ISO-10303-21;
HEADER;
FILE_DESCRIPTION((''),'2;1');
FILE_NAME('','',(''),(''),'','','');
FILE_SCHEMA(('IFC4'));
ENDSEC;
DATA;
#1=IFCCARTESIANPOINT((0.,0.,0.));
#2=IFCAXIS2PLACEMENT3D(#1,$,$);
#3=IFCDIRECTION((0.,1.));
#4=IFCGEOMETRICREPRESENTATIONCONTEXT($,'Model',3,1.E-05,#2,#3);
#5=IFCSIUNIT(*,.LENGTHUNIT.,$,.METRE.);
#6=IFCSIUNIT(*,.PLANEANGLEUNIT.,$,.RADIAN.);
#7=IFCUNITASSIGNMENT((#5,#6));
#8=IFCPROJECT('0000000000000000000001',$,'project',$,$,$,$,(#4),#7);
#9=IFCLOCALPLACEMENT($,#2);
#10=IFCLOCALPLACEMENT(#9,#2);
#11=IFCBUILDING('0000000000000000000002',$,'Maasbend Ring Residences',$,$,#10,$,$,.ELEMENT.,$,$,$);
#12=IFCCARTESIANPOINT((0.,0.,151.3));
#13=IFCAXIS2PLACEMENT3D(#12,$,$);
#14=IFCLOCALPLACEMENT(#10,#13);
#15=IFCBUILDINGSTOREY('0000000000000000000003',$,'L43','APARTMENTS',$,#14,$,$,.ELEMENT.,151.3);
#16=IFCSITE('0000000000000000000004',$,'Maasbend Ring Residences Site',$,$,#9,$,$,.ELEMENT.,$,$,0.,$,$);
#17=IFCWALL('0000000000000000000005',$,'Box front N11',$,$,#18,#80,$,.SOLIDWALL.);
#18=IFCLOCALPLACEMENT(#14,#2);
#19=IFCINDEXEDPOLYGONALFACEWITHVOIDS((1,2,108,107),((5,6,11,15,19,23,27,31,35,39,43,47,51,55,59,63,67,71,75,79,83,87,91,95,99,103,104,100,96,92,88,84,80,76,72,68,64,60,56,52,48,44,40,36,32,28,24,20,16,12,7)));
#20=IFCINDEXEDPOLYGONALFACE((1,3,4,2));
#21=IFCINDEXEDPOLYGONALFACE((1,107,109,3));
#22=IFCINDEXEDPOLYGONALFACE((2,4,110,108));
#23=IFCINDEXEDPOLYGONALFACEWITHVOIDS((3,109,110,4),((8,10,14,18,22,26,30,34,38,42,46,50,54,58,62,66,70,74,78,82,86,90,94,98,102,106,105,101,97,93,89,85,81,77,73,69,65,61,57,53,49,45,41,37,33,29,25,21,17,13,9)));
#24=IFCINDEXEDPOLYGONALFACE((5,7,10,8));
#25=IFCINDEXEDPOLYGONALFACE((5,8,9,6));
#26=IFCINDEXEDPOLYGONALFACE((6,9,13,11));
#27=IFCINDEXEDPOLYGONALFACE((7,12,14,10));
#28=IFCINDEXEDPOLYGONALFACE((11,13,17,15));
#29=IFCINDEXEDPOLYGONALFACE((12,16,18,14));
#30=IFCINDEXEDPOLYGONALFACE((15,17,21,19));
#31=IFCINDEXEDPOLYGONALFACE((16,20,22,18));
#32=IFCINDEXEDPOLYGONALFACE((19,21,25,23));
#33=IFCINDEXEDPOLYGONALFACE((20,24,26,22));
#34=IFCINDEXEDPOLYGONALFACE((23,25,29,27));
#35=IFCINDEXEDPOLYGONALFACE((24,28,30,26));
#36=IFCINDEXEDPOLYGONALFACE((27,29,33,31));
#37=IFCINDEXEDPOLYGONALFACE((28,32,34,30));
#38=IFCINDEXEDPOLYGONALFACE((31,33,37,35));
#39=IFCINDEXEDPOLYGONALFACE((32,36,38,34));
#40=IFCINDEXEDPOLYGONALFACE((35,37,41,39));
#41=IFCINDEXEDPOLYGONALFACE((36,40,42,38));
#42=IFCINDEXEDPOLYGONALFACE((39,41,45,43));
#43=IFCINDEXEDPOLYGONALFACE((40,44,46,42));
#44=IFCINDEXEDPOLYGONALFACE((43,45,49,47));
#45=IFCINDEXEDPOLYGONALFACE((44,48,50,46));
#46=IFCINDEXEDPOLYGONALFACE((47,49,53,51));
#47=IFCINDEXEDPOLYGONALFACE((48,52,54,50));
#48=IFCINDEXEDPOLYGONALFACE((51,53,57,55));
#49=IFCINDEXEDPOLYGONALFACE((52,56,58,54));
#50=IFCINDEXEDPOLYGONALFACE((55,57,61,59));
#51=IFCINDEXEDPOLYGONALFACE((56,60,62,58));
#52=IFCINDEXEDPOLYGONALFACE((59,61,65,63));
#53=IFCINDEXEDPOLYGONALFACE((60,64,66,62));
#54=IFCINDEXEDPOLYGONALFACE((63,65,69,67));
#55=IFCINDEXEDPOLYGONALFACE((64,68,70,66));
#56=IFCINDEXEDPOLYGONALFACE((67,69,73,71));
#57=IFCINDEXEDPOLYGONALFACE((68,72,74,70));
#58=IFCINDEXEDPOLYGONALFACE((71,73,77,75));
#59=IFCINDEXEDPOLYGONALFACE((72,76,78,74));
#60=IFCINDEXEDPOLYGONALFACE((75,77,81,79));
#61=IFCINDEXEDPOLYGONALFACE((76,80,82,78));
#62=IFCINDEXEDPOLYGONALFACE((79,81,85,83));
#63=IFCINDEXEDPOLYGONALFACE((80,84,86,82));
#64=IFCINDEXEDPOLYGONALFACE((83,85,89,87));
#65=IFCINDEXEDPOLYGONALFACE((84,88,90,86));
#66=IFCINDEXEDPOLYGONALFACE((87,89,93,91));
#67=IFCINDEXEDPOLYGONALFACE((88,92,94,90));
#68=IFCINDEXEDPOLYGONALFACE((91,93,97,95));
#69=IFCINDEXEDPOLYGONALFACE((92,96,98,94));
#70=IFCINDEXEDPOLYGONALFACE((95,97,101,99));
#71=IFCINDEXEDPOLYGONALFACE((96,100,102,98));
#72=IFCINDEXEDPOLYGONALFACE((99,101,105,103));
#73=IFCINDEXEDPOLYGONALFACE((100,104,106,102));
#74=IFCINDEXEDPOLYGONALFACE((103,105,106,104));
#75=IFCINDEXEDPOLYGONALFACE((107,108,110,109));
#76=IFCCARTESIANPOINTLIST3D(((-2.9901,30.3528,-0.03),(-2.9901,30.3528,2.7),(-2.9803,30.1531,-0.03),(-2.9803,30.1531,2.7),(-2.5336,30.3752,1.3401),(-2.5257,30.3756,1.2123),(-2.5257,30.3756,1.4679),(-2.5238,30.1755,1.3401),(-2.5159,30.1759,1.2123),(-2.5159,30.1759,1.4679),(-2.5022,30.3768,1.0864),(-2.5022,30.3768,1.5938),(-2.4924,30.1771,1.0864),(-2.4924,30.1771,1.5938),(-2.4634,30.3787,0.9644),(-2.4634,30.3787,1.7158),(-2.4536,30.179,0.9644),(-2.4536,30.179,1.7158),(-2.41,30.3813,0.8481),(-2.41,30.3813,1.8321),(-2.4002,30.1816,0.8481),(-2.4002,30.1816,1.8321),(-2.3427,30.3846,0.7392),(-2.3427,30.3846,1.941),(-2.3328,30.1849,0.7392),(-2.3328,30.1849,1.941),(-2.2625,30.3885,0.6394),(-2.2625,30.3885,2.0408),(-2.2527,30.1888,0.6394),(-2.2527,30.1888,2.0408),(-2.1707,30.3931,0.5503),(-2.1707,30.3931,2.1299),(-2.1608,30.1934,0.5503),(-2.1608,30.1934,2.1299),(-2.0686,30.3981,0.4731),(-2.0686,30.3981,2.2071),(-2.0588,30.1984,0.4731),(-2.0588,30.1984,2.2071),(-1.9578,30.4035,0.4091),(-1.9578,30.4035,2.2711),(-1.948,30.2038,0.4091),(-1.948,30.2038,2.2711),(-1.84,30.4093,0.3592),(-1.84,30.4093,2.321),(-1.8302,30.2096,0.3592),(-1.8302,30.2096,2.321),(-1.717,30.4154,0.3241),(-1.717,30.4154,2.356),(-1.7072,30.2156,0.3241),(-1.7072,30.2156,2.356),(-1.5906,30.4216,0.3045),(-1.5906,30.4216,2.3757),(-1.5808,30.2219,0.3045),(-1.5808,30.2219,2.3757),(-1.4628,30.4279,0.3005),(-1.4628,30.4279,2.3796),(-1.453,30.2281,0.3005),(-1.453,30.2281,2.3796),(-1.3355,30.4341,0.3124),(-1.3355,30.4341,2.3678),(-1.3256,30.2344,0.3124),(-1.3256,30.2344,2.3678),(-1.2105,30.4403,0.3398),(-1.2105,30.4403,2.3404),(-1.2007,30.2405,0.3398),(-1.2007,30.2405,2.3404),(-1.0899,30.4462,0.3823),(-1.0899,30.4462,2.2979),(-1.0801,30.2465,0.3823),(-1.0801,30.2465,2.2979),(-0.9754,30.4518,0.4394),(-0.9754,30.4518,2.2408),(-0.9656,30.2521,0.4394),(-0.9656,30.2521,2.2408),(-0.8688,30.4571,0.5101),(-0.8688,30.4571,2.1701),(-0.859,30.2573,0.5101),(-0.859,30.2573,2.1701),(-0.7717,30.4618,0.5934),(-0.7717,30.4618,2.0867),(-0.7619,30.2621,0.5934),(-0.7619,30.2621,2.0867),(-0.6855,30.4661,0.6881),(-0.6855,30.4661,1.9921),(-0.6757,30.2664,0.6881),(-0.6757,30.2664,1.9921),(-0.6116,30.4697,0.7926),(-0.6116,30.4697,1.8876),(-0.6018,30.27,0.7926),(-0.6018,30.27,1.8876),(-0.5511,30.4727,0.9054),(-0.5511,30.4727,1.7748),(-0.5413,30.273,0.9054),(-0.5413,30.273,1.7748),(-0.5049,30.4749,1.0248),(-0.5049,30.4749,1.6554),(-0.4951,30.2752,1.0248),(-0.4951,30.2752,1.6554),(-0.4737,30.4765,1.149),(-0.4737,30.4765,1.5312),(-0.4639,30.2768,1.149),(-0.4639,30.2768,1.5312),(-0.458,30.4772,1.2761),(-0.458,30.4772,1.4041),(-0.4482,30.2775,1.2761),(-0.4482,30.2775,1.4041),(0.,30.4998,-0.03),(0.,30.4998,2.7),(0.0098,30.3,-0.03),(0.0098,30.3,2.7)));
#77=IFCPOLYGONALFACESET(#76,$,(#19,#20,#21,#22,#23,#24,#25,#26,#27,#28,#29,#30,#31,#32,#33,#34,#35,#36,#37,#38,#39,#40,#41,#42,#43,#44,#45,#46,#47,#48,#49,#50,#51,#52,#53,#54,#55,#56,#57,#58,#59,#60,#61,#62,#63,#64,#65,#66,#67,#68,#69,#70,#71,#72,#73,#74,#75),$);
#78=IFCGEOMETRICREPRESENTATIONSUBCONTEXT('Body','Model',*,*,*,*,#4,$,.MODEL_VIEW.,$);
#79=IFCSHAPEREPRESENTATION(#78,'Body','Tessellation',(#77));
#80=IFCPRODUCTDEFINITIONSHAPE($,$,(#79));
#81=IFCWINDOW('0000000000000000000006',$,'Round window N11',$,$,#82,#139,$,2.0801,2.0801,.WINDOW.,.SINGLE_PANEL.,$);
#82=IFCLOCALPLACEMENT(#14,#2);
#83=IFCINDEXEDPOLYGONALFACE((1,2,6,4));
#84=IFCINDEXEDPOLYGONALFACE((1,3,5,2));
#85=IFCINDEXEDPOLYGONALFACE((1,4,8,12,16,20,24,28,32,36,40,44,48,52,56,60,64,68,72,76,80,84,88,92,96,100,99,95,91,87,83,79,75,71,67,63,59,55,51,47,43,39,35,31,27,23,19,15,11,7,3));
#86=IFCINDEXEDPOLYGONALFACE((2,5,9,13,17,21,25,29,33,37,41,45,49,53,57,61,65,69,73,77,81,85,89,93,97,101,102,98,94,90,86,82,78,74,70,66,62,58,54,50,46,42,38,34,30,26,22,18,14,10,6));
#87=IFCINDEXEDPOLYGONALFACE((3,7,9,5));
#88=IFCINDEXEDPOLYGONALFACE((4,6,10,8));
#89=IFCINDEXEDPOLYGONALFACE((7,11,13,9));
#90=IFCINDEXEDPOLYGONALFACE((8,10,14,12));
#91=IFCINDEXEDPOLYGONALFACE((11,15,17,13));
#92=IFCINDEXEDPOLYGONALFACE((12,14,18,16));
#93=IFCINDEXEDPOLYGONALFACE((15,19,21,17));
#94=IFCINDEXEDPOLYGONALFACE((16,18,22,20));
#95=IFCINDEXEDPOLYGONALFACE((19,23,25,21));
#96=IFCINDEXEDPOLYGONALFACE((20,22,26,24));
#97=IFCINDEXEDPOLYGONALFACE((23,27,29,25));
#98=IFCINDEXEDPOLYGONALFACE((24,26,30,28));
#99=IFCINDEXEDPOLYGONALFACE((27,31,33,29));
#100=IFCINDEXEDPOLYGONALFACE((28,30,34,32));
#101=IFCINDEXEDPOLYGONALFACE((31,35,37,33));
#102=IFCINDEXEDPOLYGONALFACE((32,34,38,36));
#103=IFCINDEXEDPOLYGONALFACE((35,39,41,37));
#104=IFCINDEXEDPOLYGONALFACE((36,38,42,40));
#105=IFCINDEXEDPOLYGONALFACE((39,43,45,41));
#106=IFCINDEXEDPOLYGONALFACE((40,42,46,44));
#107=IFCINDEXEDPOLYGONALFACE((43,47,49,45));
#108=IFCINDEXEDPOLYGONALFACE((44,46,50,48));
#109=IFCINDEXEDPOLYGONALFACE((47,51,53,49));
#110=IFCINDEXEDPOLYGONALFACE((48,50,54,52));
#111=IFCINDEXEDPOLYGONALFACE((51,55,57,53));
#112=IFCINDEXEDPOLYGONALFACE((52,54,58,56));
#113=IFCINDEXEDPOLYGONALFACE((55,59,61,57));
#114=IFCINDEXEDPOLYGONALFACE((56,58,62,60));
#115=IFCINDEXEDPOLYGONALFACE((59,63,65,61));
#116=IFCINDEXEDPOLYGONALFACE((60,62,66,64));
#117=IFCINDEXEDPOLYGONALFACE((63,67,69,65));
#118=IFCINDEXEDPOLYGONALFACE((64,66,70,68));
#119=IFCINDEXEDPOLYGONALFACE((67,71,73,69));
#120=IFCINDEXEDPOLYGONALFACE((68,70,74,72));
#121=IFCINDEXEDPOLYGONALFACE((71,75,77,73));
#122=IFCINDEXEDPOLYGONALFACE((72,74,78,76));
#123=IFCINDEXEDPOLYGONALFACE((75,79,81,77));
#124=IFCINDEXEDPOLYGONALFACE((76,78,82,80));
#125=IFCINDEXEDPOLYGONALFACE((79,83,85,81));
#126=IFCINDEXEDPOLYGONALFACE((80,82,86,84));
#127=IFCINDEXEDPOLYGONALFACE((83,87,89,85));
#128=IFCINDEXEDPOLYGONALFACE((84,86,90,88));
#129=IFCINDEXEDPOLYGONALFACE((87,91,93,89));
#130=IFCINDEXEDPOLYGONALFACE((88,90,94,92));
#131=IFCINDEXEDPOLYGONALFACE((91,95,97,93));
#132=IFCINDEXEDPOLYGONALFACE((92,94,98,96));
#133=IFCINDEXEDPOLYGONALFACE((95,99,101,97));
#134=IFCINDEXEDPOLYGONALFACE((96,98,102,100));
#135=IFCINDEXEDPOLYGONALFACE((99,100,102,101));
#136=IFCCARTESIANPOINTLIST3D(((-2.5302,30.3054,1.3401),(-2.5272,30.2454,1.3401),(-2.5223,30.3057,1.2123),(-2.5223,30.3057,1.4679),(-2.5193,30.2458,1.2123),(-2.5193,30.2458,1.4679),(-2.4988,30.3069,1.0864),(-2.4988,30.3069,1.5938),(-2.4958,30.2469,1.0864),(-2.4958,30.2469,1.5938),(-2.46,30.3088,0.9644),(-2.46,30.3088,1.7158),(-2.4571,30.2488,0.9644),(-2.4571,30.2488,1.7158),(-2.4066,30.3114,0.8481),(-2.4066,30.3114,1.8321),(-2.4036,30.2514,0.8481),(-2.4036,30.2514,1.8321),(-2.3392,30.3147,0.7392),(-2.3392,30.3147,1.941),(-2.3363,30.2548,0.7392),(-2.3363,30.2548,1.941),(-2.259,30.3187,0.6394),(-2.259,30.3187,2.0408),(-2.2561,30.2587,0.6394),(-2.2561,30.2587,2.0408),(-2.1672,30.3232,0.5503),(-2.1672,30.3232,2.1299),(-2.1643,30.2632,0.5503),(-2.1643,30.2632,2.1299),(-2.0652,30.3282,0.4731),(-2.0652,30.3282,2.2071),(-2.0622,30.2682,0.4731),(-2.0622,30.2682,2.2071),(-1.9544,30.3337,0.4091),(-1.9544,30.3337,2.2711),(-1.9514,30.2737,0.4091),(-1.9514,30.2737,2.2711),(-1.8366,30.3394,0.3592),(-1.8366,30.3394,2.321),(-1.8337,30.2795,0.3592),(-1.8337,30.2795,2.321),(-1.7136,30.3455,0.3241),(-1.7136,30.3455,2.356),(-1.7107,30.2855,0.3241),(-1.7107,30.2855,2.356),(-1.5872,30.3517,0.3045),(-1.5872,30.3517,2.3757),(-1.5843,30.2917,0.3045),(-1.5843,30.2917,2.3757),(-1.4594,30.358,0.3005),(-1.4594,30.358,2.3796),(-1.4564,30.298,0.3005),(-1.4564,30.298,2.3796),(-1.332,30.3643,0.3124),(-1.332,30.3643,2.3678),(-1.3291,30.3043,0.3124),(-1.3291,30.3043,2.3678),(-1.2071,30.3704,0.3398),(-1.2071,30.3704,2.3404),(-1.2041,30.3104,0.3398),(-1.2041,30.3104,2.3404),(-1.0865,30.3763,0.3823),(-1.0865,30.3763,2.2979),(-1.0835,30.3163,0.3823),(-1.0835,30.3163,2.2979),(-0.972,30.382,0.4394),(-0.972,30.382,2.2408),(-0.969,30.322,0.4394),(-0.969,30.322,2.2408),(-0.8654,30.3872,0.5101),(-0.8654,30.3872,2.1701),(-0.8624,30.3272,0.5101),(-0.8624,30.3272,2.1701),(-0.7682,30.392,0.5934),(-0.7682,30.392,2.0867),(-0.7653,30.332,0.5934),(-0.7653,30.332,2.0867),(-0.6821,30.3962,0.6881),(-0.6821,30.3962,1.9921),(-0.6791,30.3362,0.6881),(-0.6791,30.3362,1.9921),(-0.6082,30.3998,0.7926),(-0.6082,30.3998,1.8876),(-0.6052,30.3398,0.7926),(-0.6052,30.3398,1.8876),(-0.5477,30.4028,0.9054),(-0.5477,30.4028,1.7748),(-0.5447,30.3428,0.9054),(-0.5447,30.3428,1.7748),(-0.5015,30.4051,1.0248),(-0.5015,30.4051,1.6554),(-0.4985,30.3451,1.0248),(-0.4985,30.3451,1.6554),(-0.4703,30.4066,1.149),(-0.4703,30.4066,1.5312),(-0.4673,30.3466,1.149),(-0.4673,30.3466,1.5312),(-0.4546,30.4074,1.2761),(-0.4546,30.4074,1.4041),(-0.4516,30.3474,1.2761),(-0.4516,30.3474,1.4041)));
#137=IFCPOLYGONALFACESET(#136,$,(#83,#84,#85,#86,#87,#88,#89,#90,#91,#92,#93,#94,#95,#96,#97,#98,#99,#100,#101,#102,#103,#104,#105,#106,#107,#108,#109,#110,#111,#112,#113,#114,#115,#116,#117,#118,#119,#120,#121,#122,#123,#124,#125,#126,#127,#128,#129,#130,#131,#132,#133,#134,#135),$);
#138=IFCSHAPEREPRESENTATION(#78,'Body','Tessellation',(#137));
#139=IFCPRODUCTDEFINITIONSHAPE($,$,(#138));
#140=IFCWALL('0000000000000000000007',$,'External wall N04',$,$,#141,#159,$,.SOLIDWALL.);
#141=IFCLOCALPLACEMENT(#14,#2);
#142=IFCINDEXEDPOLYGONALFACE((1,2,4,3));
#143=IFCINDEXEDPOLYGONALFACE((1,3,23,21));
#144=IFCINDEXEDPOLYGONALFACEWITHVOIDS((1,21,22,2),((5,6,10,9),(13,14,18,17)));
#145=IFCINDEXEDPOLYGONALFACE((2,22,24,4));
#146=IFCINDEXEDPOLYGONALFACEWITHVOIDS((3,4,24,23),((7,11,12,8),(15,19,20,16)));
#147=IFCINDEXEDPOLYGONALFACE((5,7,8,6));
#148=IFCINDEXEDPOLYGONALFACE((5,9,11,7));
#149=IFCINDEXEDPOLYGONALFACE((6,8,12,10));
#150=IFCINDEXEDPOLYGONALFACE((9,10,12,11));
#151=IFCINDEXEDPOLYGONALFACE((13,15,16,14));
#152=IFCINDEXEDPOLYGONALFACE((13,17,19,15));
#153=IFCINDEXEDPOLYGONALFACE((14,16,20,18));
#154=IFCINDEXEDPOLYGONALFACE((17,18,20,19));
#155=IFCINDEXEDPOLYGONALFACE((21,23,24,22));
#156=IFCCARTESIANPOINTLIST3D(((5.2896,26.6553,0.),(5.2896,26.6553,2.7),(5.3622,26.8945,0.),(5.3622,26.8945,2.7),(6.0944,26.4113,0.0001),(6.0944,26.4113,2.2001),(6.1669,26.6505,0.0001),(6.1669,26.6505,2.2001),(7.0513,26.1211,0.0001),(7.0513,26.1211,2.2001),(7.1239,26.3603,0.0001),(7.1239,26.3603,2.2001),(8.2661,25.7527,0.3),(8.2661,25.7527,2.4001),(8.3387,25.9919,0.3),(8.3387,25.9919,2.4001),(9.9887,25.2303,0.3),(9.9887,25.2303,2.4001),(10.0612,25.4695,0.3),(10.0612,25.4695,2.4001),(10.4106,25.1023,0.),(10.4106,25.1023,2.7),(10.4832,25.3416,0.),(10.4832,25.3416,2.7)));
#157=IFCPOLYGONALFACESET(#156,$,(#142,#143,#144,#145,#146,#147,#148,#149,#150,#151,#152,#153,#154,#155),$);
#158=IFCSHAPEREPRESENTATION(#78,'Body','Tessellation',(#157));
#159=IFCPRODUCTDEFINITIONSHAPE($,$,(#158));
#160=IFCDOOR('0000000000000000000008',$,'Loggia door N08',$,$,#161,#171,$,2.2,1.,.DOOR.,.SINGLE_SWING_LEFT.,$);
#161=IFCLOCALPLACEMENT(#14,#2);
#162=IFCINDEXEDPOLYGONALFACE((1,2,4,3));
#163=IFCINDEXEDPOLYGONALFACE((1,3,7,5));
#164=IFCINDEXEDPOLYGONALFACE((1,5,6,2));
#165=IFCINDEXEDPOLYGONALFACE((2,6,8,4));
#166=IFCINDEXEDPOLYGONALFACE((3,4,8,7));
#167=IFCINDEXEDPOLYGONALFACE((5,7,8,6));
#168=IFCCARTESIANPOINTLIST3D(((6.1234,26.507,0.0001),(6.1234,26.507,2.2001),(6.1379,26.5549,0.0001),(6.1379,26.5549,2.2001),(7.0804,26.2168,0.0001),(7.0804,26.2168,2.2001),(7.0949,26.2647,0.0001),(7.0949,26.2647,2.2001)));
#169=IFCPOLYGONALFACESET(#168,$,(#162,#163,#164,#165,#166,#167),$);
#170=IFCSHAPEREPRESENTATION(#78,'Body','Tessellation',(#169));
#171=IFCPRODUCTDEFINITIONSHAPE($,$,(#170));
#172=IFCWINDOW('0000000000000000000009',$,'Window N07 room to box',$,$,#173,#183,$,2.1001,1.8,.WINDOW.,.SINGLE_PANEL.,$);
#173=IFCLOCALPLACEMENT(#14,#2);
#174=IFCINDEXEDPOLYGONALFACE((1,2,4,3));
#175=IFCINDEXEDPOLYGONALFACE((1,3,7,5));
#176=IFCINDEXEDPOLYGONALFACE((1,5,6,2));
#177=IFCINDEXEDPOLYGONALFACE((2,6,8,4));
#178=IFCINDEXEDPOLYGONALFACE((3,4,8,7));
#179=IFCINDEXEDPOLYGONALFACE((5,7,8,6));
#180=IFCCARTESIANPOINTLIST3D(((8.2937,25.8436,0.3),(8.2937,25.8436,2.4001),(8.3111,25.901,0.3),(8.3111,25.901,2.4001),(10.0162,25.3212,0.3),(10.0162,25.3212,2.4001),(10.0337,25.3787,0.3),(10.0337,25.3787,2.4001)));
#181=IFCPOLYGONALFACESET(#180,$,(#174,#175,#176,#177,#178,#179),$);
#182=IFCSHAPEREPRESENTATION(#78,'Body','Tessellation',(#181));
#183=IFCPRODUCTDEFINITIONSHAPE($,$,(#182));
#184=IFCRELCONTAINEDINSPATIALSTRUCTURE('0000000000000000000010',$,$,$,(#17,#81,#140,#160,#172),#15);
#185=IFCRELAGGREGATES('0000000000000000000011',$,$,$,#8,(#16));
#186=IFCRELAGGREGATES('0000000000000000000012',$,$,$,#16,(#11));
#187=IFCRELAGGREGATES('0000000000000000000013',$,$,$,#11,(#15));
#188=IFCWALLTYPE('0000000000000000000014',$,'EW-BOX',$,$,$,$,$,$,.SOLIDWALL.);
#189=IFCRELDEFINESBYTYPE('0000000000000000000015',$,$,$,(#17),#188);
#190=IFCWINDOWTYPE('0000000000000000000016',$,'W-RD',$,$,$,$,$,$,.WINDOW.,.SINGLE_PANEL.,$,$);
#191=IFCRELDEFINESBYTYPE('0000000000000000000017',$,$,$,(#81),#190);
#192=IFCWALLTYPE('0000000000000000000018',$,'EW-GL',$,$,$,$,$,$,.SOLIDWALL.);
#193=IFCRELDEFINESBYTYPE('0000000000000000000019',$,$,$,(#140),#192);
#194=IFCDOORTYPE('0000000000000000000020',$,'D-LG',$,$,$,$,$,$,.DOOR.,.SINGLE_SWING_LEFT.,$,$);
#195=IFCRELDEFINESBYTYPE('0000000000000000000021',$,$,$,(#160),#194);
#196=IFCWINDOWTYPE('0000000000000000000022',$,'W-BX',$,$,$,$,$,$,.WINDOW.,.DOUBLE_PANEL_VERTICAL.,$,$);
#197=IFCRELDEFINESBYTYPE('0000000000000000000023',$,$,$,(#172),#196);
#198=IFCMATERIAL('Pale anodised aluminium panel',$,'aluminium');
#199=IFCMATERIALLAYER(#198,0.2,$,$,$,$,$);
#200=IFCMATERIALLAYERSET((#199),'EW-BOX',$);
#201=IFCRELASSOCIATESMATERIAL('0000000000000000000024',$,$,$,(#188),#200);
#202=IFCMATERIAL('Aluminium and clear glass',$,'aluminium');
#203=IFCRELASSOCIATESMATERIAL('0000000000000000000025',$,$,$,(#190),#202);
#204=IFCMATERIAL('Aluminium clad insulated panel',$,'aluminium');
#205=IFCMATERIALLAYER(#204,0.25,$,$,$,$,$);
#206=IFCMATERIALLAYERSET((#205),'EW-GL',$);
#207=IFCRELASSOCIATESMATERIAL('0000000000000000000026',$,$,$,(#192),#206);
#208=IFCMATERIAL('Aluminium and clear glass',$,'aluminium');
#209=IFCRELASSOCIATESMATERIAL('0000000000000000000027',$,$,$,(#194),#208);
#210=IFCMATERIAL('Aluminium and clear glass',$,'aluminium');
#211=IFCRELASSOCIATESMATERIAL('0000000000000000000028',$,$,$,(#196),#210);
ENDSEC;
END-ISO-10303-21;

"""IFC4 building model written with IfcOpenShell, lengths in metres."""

from ifc_helpers import new_model, si_unit, direction, frame, frame_2d, origin, place, context, subcontext, project, spatial, rectangle, circle, extrude, material, layer, layer_set, type_object, element, fill, save


model = new_model("IFC4")

# Units and contexts
model_context = context("Model", 3, precision=1e-05, world=origin(), true_north=direction((0.0, 1.0)))
body_context = subcontext(model_context, "Body", "Model", "MODEL_VIEW")
ifc_project = project(units=[si_unit("LENGTHUNIT", "METRE"), si_unit("PLANEANGLEUNIT", "RADIAN")], contexts=[model_context])

# Site, building, storey
site_placement = place(None, origin())
site = spatial("IfcSite", under=ifc_project, at=site_placement, Name="Maasbend Ring Residences Site", CompositionType="ELEMENT", RefElevation=0.0)
building_placement = place(site_placement, origin())
building = spatial("IfcBuilding", under=site, at=building_placement, Name="Maasbend Ring Residences", CompositionType="ELEMENT")
storey_placement = place(building_placement, frame((0.0, 0.0, 151.3)))
storey = spatial("IfcBuildingStorey", under=building, at=storey_placement, Name="L43", Description="APARTMENTS", CompositionType="ELEMENT", Elevation=151.3)

# Shared definitions
ifc_material_1 = material(Name="Pale anodised aluminium panel", Category="aluminium")
ifc_layer_1 = layer(ifc_material_1, 0.2)
ifc_layer_set_1 = layer_set([ifc_layer_1], Name="EW-BOX")
wall_type_1 = type_object("IfcWallType", Name="EW-BOX", PredefinedType="SOLIDWALL", material=ifc_layer_set_1)

# Shared definitions
ifc_material_2 = material(Name="Aluminium and clear glass", Category="aluminium")
window_type_1 = type_object("IfcWindowType", Name="W-RD", PartitioningType="SINGLE_PANEL", PredefinedType="WINDOW", material=ifc_material_2)

# Wall, opening, window
wall_1_placement = place(storey_placement, frame((0.0049, 30.3999, -0.03), z_axis=(0.0, 0.0, 1.0), x_axis=(-0.998794, -0.049096, 0.0)))
wall_1 = element("IfcWall", 1, at=wall_1_placement, inside=storey, type_object=wall_type_1, Name="Box front N11", PredefinedType="SOLIDWALL", context=body_context, shape_type="SweptSolid", body=[
    extrude(rectangle(XDim=2.9937, YDim=0.2, at=frame_2d((1.4968, 0.0))), origin(), (0.0, 0.0, 1.0), 2.73),
])
opening_1_placement = place(wall_1_placement, frame((0.4565, 0.0, 0.3301)))
opening_1 = element("IfcOpeningElement", 2, at=opening_1_placement, cuts=wall_1, PredefinedType="OPENING", context=body_context, shape_type="SweptSolid", body=[
    extrude(circle(Radius=1.04, at=frame_2d((1.04, 1.04))), frame((0.0, 0.1099, 0.0), z_axis=(0.0, -1.0, 0.0), x_axis=(1.0, 0.0, 0.0)), (0.0, 0.0, 1.0), 0.22),
])
window_1_placement = place(opening_1_placement, origin())
window_1 = element("IfcWindow", 3, at=window_1_placement, inside=storey, type_object=window_type_1, Name="Round window N11", OverallHeight=2.0801, OverallWidth=2.0801, PartitioningType="SINGLE_PANEL", PredefinedType="WINDOW", context=body_context, shape_type="SweptSolid", body=[
    extrude(circle(Radius=1.04, at=frame_2d((1.04, 1.04))), frame((0.0, 0.03, 0.0), z_axis=(0.0, -1.0, 0.0), x_axis=(1.0, 0.0, 0.0)), (0.0, 0.0, 1.0), 0.0601),
])
fill(opening_1, window_1)

# Wall, openings, door, window
ifc_material_3 = material(Name="Aluminium clad insulated panel", Category="aluminium")
ifc_layer_2 = layer(ifc_material_3, 0.25)
ifc_layer_set_2 = layer_set([ifc_layer_2], Name="EW-GL")
wall_type_2 = type_object("IfcWallType", Name="EW-GL", PredefinedType="SOLIDWALL", material=ifc_layer_set_2)
wall_2_placement = place(storey_placement, frame((10.447, 25.2219, 0.0), z_axis=(0.0, 0.0, 1.0), x_axis=(-0.956966, 0.290201, 0.0)))
wall_2 = element("IfcWall", 4, at=wall_2_placement, inside=storey, type_object=wall_type_2, Name="External wall N04", PredefinedType="SOLIDWALL", context=body_context, shape_type="SweptSolid", body=[
    extrude(rectangle(XDim=5.3513, YDim=0.25, at=frame_2d((2.6758, 0.0))), origin(), (0.0, 0.0, 1.0), 2.7),
])
opening_2_placement = place(wall_2_placement, frame((0.4412, 0.0, 0.3)))
opening_2 = element("IfcOpeningElement", 5, at=opening_2_placement, cuts=wall_2, PredefinedType="OPENING", context=body_context, shape_type="SweptSolid", body=[
    extrude(rectangle(XDim=1.8, YDim=2.1001, at=frame_2d((0.8999, 1.05))), frame((0.0, 0.135, 0.0), z_axis=(0.0, -1.0, 0.0), x_axis=(1.0, 0.0, 0.0)), (0.0, 0.0, 1.0), 0.27),
])
opening_3_placement = place(wall_2_placement, frame((3.5105, 0.0, 0.0)))
opening_3 = element("IfcOpeningElement", 6, at=opening_3_placement, cuts=wall_2, PredefinedType="OPENING", context=body_context, shape_type="SweptSolid", body=[
    extrude(rectangle(XDim=1.0, YDim=2.2, at=frame_2d((0.5, 1.1001))), frame((0.0, 0.135, 0.0), z_axis=(0.0, -1.0, 0.0), x_axis=(1.0, 0.0, 0.0)), (0.0, 0.0, 1.0), 0.27),
])
ifc_material_4 = material(Name="Aluminium and clear glass", Category="aluminium")
door_type = type_object("IfcDoorType", Name="D-LG", OperationType="SINGLE_SWING_LEFT", PredefinedType="DOOR", material=ifc_material_4)
door_1_placement = place(opening_3_placement, origin())
door_1 = element("IfcDoor", 7, at=door_1_placement, inside=storey, type_object=door_type, Name="Loggia door N08", OperationType="SINGLE_SWING_LEFT", OverallHeight=2.2, OverallWidth=1.0, PredefinedType="DOOR", context=body_context, shape_type="SweptSolid", body=[
    extrude(rectangle(XDim=1.0, YDim=2.2, at=frame_2d((0.5, 1.1001))), frame((0.0, 0.0249, 0.0), z_axis=(0.0, -1.0, 0.0), x_axis=(1.0, 0.0, 0.0)), (0.0, 0.0, 1.0), 0.05),
])
fill(opening_3, door_1)
ifc_material_5 = material(Name="Aluminium and clear glass", Category="aluminium")
window_type_2 = type_object("IfcWindowType", Name="W-BX", PartitioningType="DOUBLE_PANEL_VERTICAL", PredefinedType="WINDOW", material=ifc_material_5)
window_2_placement = place(opening_2_placement, origin())
window_2 = element("IfcWindow", 8, at=window_2_placement, inside=storey, type_object=window_type_2, Name="Window N07 room to box", OverallHeight=2.1001, OverallWidth=1.8, PartitioningType="SINGLE_PANEL", PredefinedType="WINDOW", context=body_context, shape_type="SweptSolid", body=[
    extrude(rectangle(XDim=1.8, YDim=2.1001, at=frame_2d((0.8999, 1.05))), frame((0.0, 0.03, 0.0), z_axis=(0.0, -1.0, 0.0), x_axis=(1.0, 0.0, 0.0)), (0.0, 0.0, 1.0), 0.0601),
])
fill(opening_2, window_2)

save(model, "model.ifc")
